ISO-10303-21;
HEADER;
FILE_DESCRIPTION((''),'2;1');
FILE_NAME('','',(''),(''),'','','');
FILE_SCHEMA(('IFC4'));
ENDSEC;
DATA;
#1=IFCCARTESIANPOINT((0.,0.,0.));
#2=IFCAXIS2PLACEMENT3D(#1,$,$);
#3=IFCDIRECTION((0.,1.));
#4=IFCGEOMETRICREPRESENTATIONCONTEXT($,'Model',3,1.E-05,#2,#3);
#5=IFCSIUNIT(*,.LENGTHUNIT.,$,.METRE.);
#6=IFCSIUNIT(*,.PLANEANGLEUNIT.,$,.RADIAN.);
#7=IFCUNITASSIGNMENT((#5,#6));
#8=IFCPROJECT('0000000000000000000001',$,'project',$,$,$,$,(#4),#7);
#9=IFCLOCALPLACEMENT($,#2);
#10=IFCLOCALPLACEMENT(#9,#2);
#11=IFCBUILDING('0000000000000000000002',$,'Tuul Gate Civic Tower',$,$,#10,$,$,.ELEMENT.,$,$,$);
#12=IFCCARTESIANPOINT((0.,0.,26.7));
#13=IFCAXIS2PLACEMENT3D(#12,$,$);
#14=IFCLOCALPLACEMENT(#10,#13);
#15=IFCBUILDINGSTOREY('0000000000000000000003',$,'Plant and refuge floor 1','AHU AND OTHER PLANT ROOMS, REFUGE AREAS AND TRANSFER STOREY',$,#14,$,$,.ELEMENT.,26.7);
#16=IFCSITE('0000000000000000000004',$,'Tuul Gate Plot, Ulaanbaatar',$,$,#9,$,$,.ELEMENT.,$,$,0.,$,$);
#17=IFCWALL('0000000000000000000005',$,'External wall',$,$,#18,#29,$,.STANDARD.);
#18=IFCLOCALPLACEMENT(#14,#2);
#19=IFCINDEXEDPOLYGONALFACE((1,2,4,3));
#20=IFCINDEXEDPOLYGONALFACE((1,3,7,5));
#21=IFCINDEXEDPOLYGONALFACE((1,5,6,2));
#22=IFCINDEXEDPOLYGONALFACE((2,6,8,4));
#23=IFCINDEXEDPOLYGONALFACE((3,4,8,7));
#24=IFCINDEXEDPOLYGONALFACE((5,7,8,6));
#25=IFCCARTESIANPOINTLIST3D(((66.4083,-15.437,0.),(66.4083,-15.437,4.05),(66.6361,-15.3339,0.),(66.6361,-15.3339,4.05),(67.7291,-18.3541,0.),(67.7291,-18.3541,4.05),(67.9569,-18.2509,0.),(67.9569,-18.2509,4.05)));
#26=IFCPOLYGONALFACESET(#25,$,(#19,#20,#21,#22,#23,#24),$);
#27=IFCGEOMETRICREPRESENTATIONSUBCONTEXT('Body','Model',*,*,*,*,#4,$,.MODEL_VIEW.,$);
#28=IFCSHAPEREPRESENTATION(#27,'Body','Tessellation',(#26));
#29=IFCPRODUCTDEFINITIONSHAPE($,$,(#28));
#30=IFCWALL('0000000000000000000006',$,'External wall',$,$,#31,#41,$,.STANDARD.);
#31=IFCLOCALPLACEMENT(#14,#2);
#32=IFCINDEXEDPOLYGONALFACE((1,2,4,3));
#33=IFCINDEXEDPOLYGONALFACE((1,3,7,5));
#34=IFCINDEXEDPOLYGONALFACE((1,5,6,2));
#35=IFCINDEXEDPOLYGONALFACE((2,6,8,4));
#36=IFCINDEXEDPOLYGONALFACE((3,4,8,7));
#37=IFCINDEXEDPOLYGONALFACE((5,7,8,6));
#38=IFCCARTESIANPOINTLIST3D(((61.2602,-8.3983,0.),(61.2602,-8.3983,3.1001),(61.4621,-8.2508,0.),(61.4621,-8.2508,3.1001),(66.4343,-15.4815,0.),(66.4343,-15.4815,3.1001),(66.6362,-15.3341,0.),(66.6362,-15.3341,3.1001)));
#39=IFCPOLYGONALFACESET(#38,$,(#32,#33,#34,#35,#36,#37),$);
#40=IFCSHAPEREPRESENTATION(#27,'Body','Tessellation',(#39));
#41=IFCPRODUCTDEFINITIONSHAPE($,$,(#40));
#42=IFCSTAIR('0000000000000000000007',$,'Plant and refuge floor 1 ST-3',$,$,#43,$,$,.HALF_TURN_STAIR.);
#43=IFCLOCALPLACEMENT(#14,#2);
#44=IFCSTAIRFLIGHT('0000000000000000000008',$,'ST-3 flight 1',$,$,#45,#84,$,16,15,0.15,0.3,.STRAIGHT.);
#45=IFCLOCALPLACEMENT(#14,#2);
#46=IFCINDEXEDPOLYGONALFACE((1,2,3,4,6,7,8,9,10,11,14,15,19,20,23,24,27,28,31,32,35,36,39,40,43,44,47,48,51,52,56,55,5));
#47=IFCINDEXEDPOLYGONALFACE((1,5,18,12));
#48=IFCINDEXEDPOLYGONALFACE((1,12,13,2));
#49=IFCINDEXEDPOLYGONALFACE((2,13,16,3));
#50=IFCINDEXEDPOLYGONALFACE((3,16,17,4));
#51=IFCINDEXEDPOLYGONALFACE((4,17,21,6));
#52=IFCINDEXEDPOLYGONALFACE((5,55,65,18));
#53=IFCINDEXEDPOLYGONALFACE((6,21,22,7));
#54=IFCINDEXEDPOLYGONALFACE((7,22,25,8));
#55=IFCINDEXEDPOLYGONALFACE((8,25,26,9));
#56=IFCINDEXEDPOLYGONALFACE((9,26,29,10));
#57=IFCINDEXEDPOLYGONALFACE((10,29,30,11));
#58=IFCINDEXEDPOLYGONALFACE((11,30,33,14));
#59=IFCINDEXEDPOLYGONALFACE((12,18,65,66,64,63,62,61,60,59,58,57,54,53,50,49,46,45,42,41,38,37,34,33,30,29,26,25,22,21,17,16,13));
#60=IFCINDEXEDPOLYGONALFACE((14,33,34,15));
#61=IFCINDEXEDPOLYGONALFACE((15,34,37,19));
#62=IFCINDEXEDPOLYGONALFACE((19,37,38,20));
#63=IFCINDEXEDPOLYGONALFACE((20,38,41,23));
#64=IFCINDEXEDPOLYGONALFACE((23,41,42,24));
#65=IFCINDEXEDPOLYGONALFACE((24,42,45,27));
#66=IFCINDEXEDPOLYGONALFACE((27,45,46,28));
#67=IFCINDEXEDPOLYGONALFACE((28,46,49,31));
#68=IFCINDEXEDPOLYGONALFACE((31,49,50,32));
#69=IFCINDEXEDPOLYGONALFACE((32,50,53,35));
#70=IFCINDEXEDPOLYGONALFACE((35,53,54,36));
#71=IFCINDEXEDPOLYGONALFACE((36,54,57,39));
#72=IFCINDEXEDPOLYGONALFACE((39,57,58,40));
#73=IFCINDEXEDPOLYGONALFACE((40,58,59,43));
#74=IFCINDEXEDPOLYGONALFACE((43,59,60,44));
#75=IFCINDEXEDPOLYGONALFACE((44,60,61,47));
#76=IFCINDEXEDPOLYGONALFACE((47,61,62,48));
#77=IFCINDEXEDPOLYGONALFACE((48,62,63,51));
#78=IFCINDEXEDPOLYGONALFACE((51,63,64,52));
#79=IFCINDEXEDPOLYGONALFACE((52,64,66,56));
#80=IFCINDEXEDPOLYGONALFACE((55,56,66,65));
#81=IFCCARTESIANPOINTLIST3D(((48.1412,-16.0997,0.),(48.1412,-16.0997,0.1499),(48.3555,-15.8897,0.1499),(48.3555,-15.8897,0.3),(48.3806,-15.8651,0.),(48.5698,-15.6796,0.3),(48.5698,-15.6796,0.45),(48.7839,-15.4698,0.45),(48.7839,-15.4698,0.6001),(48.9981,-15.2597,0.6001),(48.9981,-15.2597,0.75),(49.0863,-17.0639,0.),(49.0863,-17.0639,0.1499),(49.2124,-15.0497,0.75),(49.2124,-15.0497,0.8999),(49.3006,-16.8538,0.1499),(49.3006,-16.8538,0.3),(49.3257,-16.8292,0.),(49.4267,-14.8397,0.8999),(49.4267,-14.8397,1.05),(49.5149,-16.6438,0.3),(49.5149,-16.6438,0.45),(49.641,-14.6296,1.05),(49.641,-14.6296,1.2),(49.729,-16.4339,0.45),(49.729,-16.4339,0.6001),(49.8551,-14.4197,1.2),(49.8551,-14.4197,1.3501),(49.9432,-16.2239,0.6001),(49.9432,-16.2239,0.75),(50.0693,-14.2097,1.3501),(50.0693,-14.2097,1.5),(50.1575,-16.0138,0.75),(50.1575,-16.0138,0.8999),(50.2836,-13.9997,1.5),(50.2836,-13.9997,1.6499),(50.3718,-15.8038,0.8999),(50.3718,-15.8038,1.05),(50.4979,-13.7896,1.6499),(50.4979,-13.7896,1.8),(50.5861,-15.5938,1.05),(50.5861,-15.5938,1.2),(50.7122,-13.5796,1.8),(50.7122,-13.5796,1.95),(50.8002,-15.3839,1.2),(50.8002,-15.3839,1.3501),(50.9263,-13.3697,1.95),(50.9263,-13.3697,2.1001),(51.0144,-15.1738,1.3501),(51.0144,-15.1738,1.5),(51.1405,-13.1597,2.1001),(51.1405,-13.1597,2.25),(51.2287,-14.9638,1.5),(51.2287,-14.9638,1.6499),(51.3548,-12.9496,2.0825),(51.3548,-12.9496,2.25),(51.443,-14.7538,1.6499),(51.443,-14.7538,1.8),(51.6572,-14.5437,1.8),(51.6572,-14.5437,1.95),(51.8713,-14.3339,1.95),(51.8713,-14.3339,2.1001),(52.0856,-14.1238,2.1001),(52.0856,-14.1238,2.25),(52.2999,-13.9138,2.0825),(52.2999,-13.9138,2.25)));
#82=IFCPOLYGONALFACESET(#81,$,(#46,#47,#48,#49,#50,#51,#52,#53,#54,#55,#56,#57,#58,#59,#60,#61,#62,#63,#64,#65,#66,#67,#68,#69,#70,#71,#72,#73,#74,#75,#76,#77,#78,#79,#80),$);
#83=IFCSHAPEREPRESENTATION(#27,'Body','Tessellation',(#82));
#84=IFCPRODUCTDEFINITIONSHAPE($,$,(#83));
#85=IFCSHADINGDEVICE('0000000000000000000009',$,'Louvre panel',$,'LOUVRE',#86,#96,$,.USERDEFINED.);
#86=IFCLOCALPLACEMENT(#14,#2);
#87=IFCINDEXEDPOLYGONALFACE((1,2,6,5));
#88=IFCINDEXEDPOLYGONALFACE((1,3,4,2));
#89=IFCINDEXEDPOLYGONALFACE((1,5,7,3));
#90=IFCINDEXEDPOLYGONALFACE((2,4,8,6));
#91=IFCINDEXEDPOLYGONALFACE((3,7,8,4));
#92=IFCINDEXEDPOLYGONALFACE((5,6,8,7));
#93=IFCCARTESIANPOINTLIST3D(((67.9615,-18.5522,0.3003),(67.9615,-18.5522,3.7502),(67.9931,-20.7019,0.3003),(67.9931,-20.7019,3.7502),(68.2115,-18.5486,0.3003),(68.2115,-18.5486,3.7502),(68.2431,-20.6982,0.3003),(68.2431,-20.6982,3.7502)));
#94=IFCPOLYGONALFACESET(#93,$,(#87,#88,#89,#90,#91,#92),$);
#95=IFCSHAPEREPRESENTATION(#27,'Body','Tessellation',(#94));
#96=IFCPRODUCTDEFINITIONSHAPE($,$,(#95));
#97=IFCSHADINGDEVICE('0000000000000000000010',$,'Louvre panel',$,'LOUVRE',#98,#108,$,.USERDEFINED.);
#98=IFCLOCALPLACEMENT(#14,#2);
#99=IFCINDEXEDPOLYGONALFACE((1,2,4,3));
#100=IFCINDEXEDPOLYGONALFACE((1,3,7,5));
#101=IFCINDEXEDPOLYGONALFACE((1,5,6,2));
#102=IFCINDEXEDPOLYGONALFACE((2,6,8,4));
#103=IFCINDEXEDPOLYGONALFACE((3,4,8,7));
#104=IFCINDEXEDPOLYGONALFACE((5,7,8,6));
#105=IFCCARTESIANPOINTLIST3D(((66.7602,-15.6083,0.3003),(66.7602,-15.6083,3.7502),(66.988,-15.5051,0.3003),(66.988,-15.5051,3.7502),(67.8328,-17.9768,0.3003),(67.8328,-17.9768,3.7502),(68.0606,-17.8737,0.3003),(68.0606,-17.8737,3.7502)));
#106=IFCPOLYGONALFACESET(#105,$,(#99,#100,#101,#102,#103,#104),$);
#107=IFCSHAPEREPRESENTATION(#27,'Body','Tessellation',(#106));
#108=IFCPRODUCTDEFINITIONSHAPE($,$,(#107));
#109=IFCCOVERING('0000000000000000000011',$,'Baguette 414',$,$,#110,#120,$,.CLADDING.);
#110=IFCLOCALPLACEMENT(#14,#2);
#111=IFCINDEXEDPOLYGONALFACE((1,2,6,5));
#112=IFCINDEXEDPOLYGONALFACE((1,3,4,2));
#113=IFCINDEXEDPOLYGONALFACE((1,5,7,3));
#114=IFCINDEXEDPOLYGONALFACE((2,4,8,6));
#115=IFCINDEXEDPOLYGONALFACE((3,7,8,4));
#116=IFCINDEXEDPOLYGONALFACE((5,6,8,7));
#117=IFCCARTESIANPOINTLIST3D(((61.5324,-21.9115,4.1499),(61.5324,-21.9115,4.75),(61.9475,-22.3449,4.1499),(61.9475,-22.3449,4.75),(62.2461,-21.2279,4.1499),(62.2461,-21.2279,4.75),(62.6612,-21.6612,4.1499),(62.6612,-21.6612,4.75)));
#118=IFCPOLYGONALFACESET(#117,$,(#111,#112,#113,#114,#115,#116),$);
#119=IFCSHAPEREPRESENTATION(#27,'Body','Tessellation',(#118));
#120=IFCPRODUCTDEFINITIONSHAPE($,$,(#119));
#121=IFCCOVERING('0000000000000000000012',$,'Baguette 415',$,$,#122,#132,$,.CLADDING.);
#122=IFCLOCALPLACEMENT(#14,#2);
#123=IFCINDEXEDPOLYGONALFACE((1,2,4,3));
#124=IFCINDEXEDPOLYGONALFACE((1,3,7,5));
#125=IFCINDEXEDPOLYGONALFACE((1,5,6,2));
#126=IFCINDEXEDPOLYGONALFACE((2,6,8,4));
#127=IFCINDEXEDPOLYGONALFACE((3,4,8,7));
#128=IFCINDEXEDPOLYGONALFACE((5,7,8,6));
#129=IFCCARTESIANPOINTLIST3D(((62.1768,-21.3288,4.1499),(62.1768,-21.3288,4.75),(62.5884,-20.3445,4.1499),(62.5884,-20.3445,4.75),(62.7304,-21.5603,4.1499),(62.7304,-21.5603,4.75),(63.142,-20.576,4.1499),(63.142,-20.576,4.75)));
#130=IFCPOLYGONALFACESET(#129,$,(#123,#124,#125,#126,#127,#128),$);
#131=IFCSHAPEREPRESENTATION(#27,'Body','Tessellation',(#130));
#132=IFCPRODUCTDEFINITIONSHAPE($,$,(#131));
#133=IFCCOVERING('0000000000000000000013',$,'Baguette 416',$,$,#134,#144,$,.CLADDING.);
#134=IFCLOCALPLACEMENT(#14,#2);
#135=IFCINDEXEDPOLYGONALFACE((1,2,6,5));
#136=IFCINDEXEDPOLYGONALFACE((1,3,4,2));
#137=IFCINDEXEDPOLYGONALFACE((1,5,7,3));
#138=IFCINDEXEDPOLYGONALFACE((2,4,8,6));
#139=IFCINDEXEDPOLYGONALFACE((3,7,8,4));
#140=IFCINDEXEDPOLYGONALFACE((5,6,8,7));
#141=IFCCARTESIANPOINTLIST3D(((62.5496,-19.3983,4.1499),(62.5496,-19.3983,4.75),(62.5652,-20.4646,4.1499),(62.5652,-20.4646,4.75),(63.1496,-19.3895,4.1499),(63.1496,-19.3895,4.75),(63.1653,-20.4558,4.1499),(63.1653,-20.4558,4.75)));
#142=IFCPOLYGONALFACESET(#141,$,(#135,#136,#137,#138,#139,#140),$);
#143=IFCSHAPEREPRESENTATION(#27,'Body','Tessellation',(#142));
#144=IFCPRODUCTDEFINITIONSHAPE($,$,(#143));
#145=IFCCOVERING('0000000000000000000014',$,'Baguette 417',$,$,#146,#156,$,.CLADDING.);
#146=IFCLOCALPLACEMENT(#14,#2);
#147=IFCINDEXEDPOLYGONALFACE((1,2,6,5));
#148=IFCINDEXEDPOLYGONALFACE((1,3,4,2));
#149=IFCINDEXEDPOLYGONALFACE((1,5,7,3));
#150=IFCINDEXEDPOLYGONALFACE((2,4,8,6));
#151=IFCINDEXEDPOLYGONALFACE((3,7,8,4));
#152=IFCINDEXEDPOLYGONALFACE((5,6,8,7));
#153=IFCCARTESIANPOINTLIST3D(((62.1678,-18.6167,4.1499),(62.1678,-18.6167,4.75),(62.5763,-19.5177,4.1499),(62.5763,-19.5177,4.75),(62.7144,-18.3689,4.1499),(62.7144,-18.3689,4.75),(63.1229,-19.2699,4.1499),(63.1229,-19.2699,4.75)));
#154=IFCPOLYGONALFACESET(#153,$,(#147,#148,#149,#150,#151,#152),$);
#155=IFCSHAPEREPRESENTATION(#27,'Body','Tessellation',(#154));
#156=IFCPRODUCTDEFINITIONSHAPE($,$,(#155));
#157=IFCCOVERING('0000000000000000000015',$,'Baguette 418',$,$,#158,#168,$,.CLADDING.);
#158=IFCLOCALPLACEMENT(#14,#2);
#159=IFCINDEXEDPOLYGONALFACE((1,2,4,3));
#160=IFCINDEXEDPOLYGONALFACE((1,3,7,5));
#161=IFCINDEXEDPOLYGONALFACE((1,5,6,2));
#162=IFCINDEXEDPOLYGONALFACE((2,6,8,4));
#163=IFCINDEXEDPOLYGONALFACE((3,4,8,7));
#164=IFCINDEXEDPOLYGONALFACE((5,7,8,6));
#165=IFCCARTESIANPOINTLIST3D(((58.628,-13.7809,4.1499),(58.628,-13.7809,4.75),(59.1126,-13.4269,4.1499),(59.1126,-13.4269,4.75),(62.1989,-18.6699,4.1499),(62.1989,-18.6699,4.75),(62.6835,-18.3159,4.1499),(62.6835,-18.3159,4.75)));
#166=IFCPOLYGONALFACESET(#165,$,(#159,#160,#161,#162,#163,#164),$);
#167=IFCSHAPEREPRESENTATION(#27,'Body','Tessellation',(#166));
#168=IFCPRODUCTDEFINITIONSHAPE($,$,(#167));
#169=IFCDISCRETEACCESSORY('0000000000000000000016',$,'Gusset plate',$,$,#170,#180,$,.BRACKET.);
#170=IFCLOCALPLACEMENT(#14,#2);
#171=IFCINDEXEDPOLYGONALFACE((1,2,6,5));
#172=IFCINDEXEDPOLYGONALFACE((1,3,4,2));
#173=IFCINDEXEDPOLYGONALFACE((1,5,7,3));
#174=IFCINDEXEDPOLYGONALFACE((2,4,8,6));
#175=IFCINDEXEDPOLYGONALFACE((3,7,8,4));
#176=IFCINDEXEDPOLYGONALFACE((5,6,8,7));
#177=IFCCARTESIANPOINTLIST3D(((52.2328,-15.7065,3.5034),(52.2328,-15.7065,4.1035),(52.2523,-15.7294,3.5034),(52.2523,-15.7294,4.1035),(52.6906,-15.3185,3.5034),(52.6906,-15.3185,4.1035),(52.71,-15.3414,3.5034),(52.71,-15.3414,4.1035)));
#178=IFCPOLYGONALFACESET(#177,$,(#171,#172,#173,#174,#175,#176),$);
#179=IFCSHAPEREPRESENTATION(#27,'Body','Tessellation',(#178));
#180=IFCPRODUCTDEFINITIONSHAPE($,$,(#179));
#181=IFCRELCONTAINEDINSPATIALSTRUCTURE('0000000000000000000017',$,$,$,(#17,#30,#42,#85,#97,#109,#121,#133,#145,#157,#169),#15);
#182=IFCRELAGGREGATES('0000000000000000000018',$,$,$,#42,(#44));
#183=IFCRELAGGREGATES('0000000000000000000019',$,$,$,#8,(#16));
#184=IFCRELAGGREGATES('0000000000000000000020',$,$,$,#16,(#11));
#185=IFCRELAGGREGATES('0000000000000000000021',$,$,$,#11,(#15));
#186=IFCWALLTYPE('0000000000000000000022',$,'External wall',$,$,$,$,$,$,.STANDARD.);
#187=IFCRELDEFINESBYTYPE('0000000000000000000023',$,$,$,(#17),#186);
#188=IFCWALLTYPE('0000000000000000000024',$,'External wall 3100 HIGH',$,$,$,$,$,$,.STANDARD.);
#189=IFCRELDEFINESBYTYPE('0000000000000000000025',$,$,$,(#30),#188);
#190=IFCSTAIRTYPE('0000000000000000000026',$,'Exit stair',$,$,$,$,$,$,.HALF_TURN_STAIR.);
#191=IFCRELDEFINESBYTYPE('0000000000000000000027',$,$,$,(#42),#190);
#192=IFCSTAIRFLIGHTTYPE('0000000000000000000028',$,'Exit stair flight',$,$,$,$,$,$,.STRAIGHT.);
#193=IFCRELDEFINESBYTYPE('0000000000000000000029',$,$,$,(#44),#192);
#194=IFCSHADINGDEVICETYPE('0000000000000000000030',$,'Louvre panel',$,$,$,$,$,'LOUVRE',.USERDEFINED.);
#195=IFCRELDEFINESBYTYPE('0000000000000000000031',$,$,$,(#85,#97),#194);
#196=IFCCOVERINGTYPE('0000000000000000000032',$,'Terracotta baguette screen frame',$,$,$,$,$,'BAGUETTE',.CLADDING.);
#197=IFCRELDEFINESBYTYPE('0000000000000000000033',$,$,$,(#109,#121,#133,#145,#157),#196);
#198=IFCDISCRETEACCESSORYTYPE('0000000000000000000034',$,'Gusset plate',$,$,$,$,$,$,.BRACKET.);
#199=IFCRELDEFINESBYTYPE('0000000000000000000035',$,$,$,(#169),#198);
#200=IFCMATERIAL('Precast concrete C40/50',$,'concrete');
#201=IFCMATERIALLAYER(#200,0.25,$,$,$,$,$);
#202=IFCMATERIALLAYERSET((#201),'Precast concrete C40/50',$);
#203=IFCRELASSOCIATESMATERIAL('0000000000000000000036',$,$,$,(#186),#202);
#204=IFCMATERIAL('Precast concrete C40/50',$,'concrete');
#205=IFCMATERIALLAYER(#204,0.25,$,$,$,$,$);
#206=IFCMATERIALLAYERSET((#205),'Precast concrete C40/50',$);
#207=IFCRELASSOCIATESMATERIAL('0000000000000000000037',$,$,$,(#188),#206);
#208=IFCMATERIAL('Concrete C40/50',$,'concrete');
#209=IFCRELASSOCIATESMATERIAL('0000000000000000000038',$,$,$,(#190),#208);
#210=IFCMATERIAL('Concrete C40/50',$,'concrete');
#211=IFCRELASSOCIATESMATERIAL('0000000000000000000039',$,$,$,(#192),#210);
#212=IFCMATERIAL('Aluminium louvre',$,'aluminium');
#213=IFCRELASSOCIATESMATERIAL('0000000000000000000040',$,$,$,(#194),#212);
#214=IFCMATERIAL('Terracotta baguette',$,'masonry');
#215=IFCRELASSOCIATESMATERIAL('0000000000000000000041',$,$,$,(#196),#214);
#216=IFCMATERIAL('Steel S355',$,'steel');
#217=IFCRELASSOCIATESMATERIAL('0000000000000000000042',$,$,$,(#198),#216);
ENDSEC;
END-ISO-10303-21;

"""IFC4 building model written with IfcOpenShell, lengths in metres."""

from ifc_helpers import new_model, si_unit, direction, frame, frame_2d, origin, origin_2d, place, context, subcontext, project, spatial, polyline, rectangle, outline, extrude, material, layer, layer_set, material_profile, profile_set, type_object, element, aggregate, save


model = new_model("IFC4")

# Units and contexts
model_context = context("Model", 3, precision=1e-05, world=origin(), true_north=direction((0.0, 1.0)))
body_context = subcontext(model_context, "Body", "Model", "MODEL_VIEW")
ifc_project = project(units=[si_unit("LENGTHUNIT", "METRE"), si_unit("PLANEANGLEUNIT", "RADIAN")], contexts=[model_context])

# Site, building, storey
site_placement = place(None, origin())
site = spatial("IfcSite", under=ifc_project, at=site_placement, Name="Tuul Gate Plot, Ulaanbaatar", CompositionType="ELEMENT", RefElevation=0.0)
building_placement = place(site_placement, origin())
building = spatial("IfcBuilding", under=site, at=building_placement, Name="Tuul Gate Civic Tower", CompositionType="ELEMENT")
storey_placement = place(building_placement, frame((0.0, 0.0, 26.7)))
storey = spatial("IfcBuildingStorey", under=building, at=storey_placement, Name="Plant and refuge floor 1", Description="AHU AND OTHER PLANT ROOMS, REFUGE AREAS AND TRANSFER STOREY", CompositionType="ELEMENT", Elevation=26.7)

# Walls
ifc_material_1 = material(Name="Precast concrete C40/50", Category="concrete")
ifc_layer_1 = layer(ifc_material_1, 0.25)
ifc_layer_set_1 = layer_set([ifc_layer_1], Name="Precast concrete C40/50")
wall_type_1 = type_object("IfcWallType", Name="External wall", PredefinedType="STANDARD", material=ifc_layer_set_1)
wall_1_placement = place(storey_placement, frame((67.843, -18.3025, 0.0), z_axis=(0.0, 0.0, 1.0), x_axis=(-0.412481, 0.910966, 0.0)))
element("IfcWall", 1, at=wall_1_placement, inside=storey, type_object=wall_type_1, Name="External wall", PredefinedType="STANDARD", context=body_context, shape_type="SweptSolid", body=[
    extrude(rectangle(XDim=3.2021, YDim=0.25, at=frame_2d((1.6011, 0.0))), origin(), (0.0, 0.0, 1.0), 4.05),
])
ifc_material_2 = material(Name="Precast concrete C40/50", Category="concrete")
ifc_layer_2 = layer(ifc_material_2, 0.25)
ifc_layer_set_2 = layer_set([ifc_layer_2], Name="Precast concrete C40/50")
wall_type_2 = type_object("IfcWallType", Name="External wall 3100 HIGH", PredefinedType="STANDARD", material=ifc_layer_set_2)
wall_2_placement = place(storey_placement, frame((66.5352, -15.4077, 0.0), z_axis=(0.0, 0.0, 1.0), x_axis=(-0.589857, 0.807508, 0.0)))
element("IfcWall", 2, at=wall_2_placement, inside=storey, type_object=wall_type_2, Name="External wall", PredefinedType="STANDARD", context=body_context, shape_type="SweptSolid", body=[
    extrude(rectangle(XDim=8.7717, YDim=0.25, at=frame_2d((4.3857, 0.0))), origin(), (0.0, 0.0, 1.0), 3.1001),
])

# Stair, stair flight
ifc_material_3 = material(Name="Concrete C40/50", Category="concrete")
stair_type = type_object("IfcStairType", Name="Exit stair", PredefinedType="HALF_TURN_STAIR", material=ifc_material_3)
stair_placement = place(storey_placement, origin())
stair = element("IfcStair", 3, at=stair_placement, inside=storey, type_object=stair_type, Name="Plant and refuge floor 1 ST-3", PredefinedType="HALF_TURN_STAIR")
ifc_material_4 = material(Name="Concrete C40/50", Category="concrete")
stair_flight_type = type_object("IfcStairFlightType", Name="Exit stair flight", PredefinedType="STRAIGHT", material=ifc_material_4)
stair_flight_placement = place(storey_placement, frame((48.6138, -16.5818, 0.0), z_axis=(0.0, 0.0, 1.0), x_axis=(0.714127, 0.700016, 0.0)))
stair_flight = element("IfcStairFlight", 4, at=stair_flight_placement, type_object=stair_flight_type, Name="ST-3 flight 1", NumberOfRisers=16, NumberOfTreads=15, PredefinedType="STRAIGHT", RiserHeight=0.15, TreadLength=0.3, context=body_context, shape_type="SweptSolid", body=[
    extrude(outline(polyline([(0.0, 0.0), (0.0, 0.1499), (0.3, 0.1499), (0.3, 0.3), (0.6001, 0.3), (0.6001, 0.45), (0.8999, 0.45), (0.8999, 0.6001), (1.2, 0.6001), (1.2, 0.75), (1.5, 0.75), (1.5, 0.8999), (1.8, 0.8999), (1.8, 1.05), (2.1001, 1.05), (2.1001, 1.2), (2.3999, 1.2), (2.3999, 1.3501), (2.7, 1.3501), (2.7, 1.5), (3.0, 1.5), (3.0, 1.6499), (3.3, 1.6499), (3.3, 1.8), (3.6001, 1.8), (3.6001, 1.95), (3.8999, 1.95), (3.8999, 2.1001), (4.2, 2.1001), (4.2, 2.25), (4.5, 2.25), (4.5, 2.3999), (4.5, 2.0825), (0.3352, 0.0), (0.0, 0.0)])), frame((0.0, 0.675, 0.0), z_axis=(0.0, -1.0, 0.0), x_axis=(1.0, 0.0, 0.0)), (0.0, 0.0, 1.0), 1.3501),
])
aggregate(stair, [stair_flight])

# Shading devices
ifc_material_5 = material(Name="Aluminium louvre", Category="aluminium")
shading_device_type = type_object("IfcShadingDeviceType", Name="Louvre panel", ElementType="LOUVRE", PredefinedType="USERDEFINED", material=ifc_material_5)
shading_device_1_placement = place(storey_placement, frame((68.1023, -19.6252, 0.3003), z_axis=(0.0, 0.0, 1.0), x_axis=(0.999892, 0.014677, 0.0)))
element("IfcShadingDevice", 5, at=shading_device_1_placement, inside=storey, type_object=shading_device_type, Name="Louvre panel", ObjectType="LOUVRE", PredefinedType="USERDEFINED", context=body_context, shape_type="SweptSolid", body=[
    extrude(rectangle(XDim=0.25, YDim=2.1499, at=origin_2d()), origin(), (0.0, 0.0, 1.0), 3.45),
])
shading_device_2_placement = place(storey_placement, frame((67.4104, -16.741, 0.3003), z_axis=(0.0, 0.0, 1.0), x_axis=(0.910943, 0.412532, 0.0)))
element("IfcShadingDevice", 6, at=shading_device_2_placement, inside=storey, type_object=shading_device_type, Name="Louvre panel", ObjectType="LOUVRE", PredefinedType="USERDEFINED", context=body_context, shape_type="SweptSolid", body=[
    extrude(rectangle(XDim=0.25, YDim=2.6001, at=origin_2d()), origin(), (0.0, 0.0, 1.0), 3.45),
])

# Coverings
ifc_material_6 = material(Name="Terracotta baguette", Category="masonry")
ifc_material_profile_1 = material_profile(ifc_material_6, rectangle(XDim=0.6001, YDim=0.6001, at=origin_2d()), Name="Terracotta baguette screen frame")
ifc_profile_set_1 = profile_set([ifc_material_profile_1], Name="Terracotta baguette")
covering_type = type_object("IfcCoveringType", Name="Terracotta baguette screen frame", ElementType="BAGUETTE", PredefinedType="CLADDING", material=ifc_profile_set_1)
covering_1_placement = place(storey_placement, frame((61.74, -22.1282, 4.45), z_axis=(0.722137, 0.69175, 0.0), x_axis=(-0.69175, 0.722137, 0.0)))
element("IfcCovering", 7, at=covering_1_placement, inside=storey, type_object=covering_type, Name="Baguette 414", PredefinedType="CLADDING", context=body_context, shape_type="SweptSolid", body=[
    extrude(rectangle(XDim=0.6001, YDim=0.6001, at=origin_2d()), origin(), (0.0, 0.0, 1.0), 0.9883),
])
covering_2_placement = place(storey_placement, frame((62.4536, -21.4446, 4.45), z_axis=(0.385785, 0.922589, 0.0), x_axis=(-0.922589, 0.385785, 0.0)))
element("IfcCovering", 8, at=covering_2_placement, inside=storey, type_object=covering_type, Name="Baguette 415", PredefinedType="CLADDING", context=body_context, shape_type="SweptSolid", body=[
    extrude(rectangle(XDim=0.6001, YDim=0.6001, at=origin_2d()), origin(), (0.0, 0.0, 1.0), 1.0669),
])
covering_3_placement = place(storey_placement, frame((62.8652, -20.4602, 4.45), z_axis=(-0.01465, 0.999893, 0.0), x_axis=(-0.999893, -0.01465, 0.0)))
element("IfcCovering", 9, at=covering_3_placement, inside=storey, type_object=covering_type, Name="Baguette 416", PredefinedType="CLADDING", context=body_context, shape_type="SweptSolid", body=[
    extrude(rectangle(XDim=0.6001, YDim=0.6001, at=origin_2d()), origin(), (0.0, 0.0, 1.0), 1.0664),
])
covering_4_placement = place(storey_placement, frame((62.8496, -19.3938, 4.45), z_axis=(-0.412929, 0.910763, 0.0), x_axis=(-0.910763, -0.412929, 0.0)))
element("IfcCovering", 10, at=covering_4_placement, inside=storey, type_object=covering_type, Name="Baguette 417", PredefinedType="CLADDING", context=body_context, shape_type="SweptSolid", body=[
    extrude(rectangle(XDim=0.6001, YDim=0.6001, at=origin_2d()), origin(), (0.0, 0.0, 1.0), 0.9893),
])
covering_5_placement = place(storey_placement, frame((62.4412, -18.4929, 4.45), z_axis=(-0.589815, 0.807538, 0.0), x_axis=(-0.807538, -0.589815, 0.0)))
element("IfcCovering", 11, at=covering_5_placement, inside=storey, type_object=covering_type, Name="Baguette 418", PredefinedType="CLADDING", context=body_context, shape_type="SweptSolid", body=[
    extrude(rectangle(XDim=0.6001, YDim=0.6001, at=origin_2d()), origin(), (0.0, 0.0, 1.0), 6.0542),
])

# Discrete accessory
ifc_material_7 = material(Name="Steel S355", Category="steel")
discrete_accessory_type = type_object("IfcDiscreteAccessoryType", Name="Gusset plate", PredefinedType="BRACKET", material=ifc_material_7)
for number, where, z_axis, x_axis, name in (
    (12, (52.4714, -15.5239, 3.5034), (0.0, 0.0, 1.0), (0.762835, 0.646593, 0.0), "Gusset plate"),
):
    element("IfcDiscreteAccessory", number, at=place(storey_placement, frame(where, z_axis=z_axis, x_axis=x_axis)), inside=storey, type_object=discrete_accessory_type, Name=name, PredefinedType="BRACKET", context=body_context, shape_type="SweptSolid", body=[
        extrude(rectangle(XDim=0.6001, YDim=0.03, at=origin_2d()), origin(), (0.0, 0.0, 1.0), 0.6001),
    ])

save(model, "model.ifc")
